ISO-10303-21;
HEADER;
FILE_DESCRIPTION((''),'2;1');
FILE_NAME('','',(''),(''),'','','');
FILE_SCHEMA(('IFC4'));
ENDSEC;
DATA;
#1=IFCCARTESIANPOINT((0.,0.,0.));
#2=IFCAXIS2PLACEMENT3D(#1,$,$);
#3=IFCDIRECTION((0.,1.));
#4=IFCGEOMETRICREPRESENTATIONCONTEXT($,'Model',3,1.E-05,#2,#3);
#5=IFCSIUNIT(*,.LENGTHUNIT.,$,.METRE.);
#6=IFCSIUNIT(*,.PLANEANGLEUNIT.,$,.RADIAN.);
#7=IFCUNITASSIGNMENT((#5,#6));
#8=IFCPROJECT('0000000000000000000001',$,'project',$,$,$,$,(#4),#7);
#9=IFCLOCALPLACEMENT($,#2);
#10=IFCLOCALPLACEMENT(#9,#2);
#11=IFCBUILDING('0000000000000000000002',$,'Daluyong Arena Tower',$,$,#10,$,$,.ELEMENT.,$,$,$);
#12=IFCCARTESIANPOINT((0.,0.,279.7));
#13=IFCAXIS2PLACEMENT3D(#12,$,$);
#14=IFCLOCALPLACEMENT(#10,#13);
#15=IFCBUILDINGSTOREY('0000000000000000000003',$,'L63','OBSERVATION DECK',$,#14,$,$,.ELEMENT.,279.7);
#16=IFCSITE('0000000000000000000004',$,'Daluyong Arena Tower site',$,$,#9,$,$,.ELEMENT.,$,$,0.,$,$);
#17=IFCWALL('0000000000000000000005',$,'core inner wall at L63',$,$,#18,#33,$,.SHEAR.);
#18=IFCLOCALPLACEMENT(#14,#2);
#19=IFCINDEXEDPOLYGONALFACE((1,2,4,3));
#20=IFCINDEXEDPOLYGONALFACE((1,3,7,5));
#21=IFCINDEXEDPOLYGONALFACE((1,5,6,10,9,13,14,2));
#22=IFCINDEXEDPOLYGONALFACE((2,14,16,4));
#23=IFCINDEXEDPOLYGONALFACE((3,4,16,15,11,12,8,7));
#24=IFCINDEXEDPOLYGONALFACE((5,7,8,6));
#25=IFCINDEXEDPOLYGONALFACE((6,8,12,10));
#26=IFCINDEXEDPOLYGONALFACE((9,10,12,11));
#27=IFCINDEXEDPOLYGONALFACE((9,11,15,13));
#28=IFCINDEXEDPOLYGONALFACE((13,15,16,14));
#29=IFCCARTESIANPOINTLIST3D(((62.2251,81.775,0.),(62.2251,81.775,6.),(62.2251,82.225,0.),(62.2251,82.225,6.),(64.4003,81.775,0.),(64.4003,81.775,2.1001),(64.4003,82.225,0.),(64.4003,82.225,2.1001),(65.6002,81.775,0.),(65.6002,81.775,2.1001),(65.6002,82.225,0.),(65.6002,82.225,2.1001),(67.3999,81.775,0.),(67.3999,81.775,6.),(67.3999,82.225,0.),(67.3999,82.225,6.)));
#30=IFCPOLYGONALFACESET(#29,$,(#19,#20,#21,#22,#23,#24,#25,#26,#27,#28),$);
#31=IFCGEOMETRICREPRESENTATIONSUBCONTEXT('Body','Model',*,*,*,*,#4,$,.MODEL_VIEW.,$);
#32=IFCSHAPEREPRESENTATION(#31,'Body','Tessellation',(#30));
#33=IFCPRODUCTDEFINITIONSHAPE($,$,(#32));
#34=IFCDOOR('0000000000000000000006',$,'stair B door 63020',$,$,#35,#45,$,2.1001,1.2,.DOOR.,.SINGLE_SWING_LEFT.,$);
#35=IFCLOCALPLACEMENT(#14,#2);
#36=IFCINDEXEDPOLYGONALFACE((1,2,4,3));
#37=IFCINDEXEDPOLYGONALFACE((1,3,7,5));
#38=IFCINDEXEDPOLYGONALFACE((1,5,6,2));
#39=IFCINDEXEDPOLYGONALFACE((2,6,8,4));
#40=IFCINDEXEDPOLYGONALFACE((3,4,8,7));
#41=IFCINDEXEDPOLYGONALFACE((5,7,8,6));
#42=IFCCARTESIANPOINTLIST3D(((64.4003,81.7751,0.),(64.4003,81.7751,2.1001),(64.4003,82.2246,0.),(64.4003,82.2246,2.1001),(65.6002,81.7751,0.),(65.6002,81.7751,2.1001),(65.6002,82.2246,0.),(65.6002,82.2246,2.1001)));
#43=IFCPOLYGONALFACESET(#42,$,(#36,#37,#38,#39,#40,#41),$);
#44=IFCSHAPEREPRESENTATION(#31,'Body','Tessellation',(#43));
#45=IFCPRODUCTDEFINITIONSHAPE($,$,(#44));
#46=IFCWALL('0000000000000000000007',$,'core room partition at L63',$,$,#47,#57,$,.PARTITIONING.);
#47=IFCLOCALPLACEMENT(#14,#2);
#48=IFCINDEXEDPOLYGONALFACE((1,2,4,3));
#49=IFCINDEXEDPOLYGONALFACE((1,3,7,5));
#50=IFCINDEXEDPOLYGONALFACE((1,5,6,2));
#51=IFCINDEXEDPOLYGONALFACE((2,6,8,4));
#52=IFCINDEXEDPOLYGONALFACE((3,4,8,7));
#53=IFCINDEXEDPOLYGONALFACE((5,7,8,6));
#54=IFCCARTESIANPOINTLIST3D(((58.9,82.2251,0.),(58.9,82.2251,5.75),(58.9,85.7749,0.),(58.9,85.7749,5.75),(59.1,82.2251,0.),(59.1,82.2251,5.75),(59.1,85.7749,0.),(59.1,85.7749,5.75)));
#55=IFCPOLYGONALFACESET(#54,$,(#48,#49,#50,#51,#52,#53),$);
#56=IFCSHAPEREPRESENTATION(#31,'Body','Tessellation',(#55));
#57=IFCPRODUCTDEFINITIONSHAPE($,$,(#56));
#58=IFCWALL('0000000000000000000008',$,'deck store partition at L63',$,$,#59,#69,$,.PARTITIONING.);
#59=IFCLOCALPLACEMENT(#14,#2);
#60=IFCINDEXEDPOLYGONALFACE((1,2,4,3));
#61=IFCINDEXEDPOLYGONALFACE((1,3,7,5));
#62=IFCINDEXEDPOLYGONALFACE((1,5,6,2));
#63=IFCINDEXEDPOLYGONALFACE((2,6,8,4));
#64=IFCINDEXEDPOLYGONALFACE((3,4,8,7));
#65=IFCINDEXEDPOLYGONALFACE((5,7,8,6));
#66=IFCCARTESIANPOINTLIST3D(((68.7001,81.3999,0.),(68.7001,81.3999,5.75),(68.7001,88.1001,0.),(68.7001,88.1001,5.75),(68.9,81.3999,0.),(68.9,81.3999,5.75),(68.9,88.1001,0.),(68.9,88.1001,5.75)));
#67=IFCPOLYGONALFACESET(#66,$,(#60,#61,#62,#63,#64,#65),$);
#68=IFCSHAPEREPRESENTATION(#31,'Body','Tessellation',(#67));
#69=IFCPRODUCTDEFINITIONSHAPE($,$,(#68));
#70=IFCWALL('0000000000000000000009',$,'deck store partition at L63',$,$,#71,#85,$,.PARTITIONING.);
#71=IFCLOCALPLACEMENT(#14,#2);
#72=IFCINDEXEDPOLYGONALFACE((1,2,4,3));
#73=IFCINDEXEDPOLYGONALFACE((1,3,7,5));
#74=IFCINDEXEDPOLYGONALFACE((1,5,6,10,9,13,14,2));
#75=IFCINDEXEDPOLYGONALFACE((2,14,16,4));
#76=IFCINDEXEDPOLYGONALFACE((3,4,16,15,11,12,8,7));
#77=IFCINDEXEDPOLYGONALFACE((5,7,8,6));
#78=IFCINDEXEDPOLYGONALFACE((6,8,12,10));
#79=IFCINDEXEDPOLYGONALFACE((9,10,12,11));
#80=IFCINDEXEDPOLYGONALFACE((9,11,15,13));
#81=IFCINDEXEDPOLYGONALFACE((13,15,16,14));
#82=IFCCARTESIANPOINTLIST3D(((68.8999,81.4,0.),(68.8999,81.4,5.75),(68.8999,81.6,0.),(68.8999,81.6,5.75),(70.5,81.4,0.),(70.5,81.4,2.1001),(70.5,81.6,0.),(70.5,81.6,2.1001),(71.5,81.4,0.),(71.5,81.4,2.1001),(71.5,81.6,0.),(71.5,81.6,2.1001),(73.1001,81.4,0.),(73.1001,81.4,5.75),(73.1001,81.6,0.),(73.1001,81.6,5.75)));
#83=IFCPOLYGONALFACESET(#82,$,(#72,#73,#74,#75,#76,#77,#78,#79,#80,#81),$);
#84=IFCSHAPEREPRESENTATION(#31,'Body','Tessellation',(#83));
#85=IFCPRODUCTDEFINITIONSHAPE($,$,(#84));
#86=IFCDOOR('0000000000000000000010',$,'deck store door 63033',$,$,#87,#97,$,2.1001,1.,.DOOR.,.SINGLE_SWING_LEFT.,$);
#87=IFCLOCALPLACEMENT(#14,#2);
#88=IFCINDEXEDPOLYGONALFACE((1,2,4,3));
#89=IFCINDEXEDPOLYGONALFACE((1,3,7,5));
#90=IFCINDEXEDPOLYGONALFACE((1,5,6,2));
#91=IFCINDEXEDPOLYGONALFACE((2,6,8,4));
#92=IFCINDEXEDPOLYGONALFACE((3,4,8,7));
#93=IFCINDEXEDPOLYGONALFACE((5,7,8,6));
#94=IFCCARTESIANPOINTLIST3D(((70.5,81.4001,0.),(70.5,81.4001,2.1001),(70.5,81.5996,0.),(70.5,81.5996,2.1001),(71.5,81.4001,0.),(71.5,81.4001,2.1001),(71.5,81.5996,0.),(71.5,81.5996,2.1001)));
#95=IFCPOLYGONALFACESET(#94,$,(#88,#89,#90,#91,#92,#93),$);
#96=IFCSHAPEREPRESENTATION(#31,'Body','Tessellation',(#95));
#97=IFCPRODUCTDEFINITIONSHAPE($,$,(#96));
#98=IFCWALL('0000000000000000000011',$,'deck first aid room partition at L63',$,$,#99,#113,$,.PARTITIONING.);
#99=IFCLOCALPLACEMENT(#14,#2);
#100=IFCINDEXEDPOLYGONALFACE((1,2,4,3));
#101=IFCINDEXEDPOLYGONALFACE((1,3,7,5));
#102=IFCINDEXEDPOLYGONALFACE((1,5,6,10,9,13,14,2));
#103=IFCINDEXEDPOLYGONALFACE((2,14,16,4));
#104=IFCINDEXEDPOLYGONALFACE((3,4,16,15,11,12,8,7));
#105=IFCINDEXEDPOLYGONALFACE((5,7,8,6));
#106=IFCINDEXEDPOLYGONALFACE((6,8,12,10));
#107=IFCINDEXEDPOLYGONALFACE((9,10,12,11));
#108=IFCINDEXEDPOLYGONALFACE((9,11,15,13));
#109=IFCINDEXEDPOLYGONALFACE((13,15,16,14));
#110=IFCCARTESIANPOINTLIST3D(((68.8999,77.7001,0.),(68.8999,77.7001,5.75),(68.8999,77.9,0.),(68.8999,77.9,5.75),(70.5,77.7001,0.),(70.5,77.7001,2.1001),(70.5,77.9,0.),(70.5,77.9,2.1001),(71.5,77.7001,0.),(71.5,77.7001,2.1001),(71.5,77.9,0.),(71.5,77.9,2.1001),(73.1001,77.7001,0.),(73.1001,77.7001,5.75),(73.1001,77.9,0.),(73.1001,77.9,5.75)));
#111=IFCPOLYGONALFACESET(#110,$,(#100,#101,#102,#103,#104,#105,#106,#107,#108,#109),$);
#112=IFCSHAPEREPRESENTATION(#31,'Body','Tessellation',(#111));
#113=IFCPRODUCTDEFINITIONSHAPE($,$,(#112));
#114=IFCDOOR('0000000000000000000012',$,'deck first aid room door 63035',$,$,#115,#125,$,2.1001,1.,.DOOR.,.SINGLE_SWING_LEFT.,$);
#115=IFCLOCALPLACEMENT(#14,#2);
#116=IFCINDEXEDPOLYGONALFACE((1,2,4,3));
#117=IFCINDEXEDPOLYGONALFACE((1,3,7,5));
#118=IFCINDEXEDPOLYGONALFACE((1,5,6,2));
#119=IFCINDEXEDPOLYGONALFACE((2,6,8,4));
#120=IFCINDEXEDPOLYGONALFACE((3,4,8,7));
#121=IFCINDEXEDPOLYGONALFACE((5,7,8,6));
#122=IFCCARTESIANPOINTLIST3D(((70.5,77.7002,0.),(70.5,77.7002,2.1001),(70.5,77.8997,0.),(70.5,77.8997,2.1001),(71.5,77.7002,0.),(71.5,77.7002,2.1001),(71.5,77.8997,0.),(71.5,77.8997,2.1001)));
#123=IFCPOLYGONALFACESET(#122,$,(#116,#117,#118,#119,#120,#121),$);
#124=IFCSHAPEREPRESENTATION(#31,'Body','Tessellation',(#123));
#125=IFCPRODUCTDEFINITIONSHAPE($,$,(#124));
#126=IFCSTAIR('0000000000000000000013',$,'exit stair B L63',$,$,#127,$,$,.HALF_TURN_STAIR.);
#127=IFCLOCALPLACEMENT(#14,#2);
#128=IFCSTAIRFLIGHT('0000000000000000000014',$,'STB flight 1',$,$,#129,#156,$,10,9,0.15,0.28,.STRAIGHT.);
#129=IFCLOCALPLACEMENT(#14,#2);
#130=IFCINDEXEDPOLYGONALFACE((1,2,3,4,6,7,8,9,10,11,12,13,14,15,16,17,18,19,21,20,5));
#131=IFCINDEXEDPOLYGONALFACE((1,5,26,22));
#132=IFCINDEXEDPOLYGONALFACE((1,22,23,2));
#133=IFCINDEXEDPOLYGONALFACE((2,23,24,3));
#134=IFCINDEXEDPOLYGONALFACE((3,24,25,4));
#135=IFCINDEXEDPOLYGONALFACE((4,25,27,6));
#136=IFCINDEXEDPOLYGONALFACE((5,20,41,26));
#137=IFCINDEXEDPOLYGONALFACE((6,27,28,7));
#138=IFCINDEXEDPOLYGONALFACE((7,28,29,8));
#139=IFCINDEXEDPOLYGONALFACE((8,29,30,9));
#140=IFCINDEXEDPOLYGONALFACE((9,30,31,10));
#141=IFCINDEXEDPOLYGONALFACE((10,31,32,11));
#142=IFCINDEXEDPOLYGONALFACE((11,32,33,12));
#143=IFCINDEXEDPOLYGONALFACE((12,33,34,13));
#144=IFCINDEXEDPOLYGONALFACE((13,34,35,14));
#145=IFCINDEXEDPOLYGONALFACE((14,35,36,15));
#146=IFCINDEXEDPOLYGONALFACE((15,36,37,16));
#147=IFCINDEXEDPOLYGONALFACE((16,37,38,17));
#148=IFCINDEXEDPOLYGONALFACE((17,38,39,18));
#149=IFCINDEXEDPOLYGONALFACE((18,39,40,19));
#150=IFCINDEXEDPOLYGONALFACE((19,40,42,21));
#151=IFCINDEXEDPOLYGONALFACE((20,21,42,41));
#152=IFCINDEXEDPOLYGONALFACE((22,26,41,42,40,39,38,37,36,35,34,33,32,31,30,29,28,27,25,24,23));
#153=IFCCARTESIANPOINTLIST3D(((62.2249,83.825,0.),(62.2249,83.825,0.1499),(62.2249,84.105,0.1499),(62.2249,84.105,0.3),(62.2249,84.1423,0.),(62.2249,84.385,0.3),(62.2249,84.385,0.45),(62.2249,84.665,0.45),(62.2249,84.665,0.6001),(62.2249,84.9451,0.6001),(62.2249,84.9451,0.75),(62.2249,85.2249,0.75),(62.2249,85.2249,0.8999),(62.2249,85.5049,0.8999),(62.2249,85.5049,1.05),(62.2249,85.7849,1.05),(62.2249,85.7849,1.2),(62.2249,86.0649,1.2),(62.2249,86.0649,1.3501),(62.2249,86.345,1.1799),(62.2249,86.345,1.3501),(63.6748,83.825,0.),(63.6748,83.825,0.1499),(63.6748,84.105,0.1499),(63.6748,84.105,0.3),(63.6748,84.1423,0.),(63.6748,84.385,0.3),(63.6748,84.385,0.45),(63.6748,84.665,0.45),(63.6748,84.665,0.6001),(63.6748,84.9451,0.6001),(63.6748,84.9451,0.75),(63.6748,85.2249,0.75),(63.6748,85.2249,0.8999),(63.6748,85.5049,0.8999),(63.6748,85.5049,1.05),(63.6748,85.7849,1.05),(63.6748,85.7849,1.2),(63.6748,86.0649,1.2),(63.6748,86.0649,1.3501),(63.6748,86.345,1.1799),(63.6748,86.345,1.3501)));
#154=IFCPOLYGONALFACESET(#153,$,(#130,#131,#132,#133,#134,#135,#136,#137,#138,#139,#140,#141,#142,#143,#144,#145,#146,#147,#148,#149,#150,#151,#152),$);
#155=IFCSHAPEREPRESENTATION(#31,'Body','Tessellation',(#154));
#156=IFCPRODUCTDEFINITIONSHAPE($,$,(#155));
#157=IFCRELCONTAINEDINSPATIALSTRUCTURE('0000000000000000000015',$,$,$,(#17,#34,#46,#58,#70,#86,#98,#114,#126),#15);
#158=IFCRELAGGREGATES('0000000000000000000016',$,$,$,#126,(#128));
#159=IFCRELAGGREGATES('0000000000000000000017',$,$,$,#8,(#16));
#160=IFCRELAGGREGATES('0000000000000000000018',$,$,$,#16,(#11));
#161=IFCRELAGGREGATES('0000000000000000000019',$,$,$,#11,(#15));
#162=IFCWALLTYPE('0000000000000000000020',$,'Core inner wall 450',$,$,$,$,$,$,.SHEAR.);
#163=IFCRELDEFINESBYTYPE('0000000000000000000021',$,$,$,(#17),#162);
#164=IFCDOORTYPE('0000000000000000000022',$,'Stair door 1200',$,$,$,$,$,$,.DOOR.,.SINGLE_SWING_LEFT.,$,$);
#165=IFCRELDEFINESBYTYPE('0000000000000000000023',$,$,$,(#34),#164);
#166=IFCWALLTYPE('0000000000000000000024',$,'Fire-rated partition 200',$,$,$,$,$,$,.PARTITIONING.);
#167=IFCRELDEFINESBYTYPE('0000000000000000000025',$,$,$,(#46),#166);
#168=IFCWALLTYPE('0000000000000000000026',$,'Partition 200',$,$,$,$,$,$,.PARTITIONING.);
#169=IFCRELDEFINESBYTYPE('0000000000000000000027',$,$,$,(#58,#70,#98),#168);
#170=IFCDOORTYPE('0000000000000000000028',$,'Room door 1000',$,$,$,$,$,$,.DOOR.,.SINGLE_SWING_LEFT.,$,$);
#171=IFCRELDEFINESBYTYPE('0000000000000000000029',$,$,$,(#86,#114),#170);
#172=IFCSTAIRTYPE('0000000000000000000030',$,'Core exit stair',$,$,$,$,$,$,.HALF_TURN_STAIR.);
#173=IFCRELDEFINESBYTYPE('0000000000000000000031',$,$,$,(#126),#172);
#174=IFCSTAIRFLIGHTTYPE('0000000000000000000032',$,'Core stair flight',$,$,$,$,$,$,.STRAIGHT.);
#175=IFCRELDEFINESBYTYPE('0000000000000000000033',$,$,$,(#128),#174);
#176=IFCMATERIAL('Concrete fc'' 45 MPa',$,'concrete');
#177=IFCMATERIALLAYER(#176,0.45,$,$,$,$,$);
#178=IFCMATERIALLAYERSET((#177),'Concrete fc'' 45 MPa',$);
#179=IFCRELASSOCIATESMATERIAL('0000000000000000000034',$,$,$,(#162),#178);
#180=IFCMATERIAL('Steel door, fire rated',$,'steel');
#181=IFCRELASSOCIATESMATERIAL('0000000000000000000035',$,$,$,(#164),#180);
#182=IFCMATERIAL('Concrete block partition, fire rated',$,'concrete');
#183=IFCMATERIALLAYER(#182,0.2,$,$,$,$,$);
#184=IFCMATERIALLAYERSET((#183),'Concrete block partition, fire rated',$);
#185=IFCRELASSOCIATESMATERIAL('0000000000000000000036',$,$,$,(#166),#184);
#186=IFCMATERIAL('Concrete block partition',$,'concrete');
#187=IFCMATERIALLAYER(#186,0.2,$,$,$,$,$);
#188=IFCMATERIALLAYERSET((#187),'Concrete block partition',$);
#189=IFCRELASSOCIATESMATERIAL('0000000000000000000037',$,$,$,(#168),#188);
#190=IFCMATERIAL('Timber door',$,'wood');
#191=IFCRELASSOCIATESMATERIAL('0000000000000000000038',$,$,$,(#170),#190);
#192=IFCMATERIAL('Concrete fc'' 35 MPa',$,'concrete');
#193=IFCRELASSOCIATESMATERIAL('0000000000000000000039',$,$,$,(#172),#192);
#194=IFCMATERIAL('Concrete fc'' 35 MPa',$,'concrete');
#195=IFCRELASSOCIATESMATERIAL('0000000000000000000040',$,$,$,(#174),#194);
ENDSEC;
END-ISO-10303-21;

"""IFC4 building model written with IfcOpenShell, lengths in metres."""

from ifc_helpers import new_model, si_unit, direction, frame, frame_2d, origin, place, context, subcontext, project, spatial, polyline, rectangle, outline, extrude, material, layer, layer_set, type_object, element, fill, aggregate, save


model = new_model("IFC4")

# Units and contexts
model_context = context("Model", 3, precision=1e-05, world=origin(), true_north=direction((0.0, 1.0)))
body_context = subcontext(model_context, "Body", "Model", "MODEL_VIEW")
ifc_project = project(units=[si_unit("LENGTHUNIT", "METRE"), si_unit("PLANEANGLEUNIT", "RADIAN")], contexts=[model_context])

# Site, building, storey
site_placement = place(None, origin())
site = spatial("IfcSite", under=ifc_project, at=site_placement, Name="Daluyong Arena Tower site", CompositionType="ELEMENT", RefElevation=0.0)
building_placement = place(site_placement, origin())
building = spatial("IfcBuilding", under=site, at=building_placement, Name="Daluyong Arena Tower", CompositionType="ELEMENT")
storey_placement = place(building_placement, frame((0.0, 0.0, 279.7)))
storey = spatial("IfcBuildingStorey", under=building, at=storey_placement, Name="L63", Description="OBSERVATION DECK", CompositionType="ELEMENT", Elevation=279.7)

# Wall, opening, door
ifc_material_1 = material(Name="Concrete fc' 45 MPa", Category="concrete")
ifc_layer_1 = layer(ifc_material_1, 0.45)
ifc_layer_set_1 = layer_set([ifc_layer_1], Name="Concrete fc' 45 MPa")
wall_type_1 = type_object("IfcWallType", Name="Core inner wall 450", PredefinedType="SHEAR", material=ifc_layer_set_1)
wall_1_placement = place(storey_placement, frame((62.2251, 82.0, 0.0), z_axis=(0.0, 0.0, 1.0), x_axis=(1.0, 0.0, 0.0)))
wall_1 = element("IfcWall", 1, at=wall_1_placement, inside=storey, type_object=wall_type_1, Name="core inner wall at L63", PredefinedType="SHEAR", context=body_context, shape_type="SweptSolid", body=[
    extrude(rectangle(XDim=5.1748, YDim=0.45, at=frame_2d((2.5874, 0.0))), origin(), (0.0, 0.0, 1.0), 6.0),
])
opening_1_placement = place(wall_1_placement, frame((2.175, 0.0, 0.0)))
opening_1 = element("IfcOpeningElement", 2, at=opening_1_placement, cuts=wall_1, PredefinedType="OPENING", context=body_context, shape_type="SweptSolid", body=[
    extrude(rectangle(XDim=1.2, YDim=2.1001, at=frame_2d((0.6001, 1.05))), frame((0.0, 0.2349, 0.0), z_axis=(0.0, -1.0, 0.0), x_axis=(1.0, 0.0, 0.0)), (0.0, 0.0, 1.0), 0.47),
])
ifc_material_2 = material(Name="Steel door, fire rated", Category="steel")
door_type_1 = type_object("IfcDoorType", Name="Stair door 1200", OperationType="SINGLE_SWING_LEFT", PredefinedType="DOOR", material=ifc_material_2)
door_1_placement = place(opening_1_placement, origin())
door_1 = element("IfcDoor", 3, at=door_1_placement, inside=storey, type_object=door_type_1, Name="stair B door 63020", OperationType="SINGLE_SWING_LEFT", OverallHeight=2.1001, OverallWidth=1.2, PredefinedType="DOOR", context=body_context, shape_type="SweptSolid", body=[
    extrude(rectangle(XDim=1.2, YDim=2.1001, at=frame_2d((0.6001, 1.05))), frame((0.0, 0.2246, 0.0), z_axis=(0.0, -1.0, 0.0), x_axis=(1.0, 0.0, 0.0)), (0.0, 0.0, 1.0), 0.4495),
])
fill(opening_1, door_1)

# Walls
ifc_material_3 = material(Name="Concrete block partition, fire rated", Category="concrete")
ifc_layer_2 = layer(ifc_material_3, 0.2)
ifc_layer_set_2 = layer_set([ifc_layer_2], Name="Concrete block partition, fire rated")
wall_type_2 = type_object("IfcWallType", Name="Fire-rated partition 200", PredefinedType="PARTITIONING", material=ifc_layer_set_2)
wall_2_placement = place(storey_placement, frame((59.0, 82.2251, 0.0), z_axis=(0.0, 0.0, 1.0), x_axis=(0.0, 1.0, 0.0)))
element("IfcWall", 4, at=wall_2_placement, inside=storey, type_object=wall_type_2, Name="core room partition at L63", PredefinedType="PARTITIONING", context=body_context, shape_type="SweptSolid", body=[
    extrude(rectangle(XDim=3.5498, YDim=0.2, at=frame_2d((1.7749, 0.0))), origin(), (0.0, 0.0, 1.0), 5.75),
])
ifc_material_4 = material(Name="Concrete block partition", Category="concrete")
ifc_layer_3 = layer(ifc_material_4, 0.2)
ifc_layer_set_3 = layer_set([ifc_layer_3], Name="Concrete block partition")
wall_type_3 = type_object("IfcWallType", Name="Partition 200", PredefinedType="PARTITIONING", material=ifc_layer_set_3)
wall_3_placement = place(storey_placement, frame((68.8, 81.3999, 0.0), z_axis=(0.0, 0.0, 1.0), x_axis=(0.0, 1.0, 0.0)))
element("IfcWall", 5, at=wall_3_placement, inside=storey, type_object=wall_type_3, Name="deck store partition at L63", PredefinedType="PARTITIONING", context=body_context, shape_type="SweptSolid", body=[
    extrude(rectangle(XDim=6.7002, YDim=0.2, at=frame_2d((3.3501, 0.0))), origin(), (0.0, 0.0, 1.0), 5.75),
])

# Walls, openings, doors
wall_4_placement = place(storey_placement, frame((68.8999, 81.5, 0.0), z_axis=(0.0, 0.0, 1.0), x_axis=(1.0, 0.0, 0.0)))
wall_4 = element("IfcWall", 6, at=wall_4_placement, inside=storey, type_object=wall_type_3, Name="deck store partition at L63", PredefinedType="PARTITIONING", context=body_context, shape_type="SweptSolid", body=[
    extrude(rectangle(XDim=4.2002, YDim=0.2, at=frame_2d((2.1001, 0.0))), origin(), (0.0, 0.0, 1.0), 5.75),
])
opening_2_placement = place(wall_4_placement, frame((1.6001, 0.0, 0.0)))
opening_2 = element("IfcOpeningElement", 7, at=opening_2_placement, cuts=wall_4, PredefinedType="OPENING", context=body_context, shape_type="SweptSolid", body=[
    extrude(rectangle(XDim=1.0, YDim=2.1001, at=frame_2d((0.5, 1.05))), frame((0.0, 0.1099, 0.0), z_axis=(0.0, -1.0, 0.0), x_axis=(1.0, 0.0, 0.0)), (0.0, 0.0, 1.0), 0.22),
])
ifc_material_5 = material(Name="Timber door", Category="wood")
door_type_2 = type_object("IfcDoorType", Name="Room door 1000", OperationType="SINGLE_SWING_LEFT", PredefinedType="DOOR", material=ifc_material_5)
door_2_placement = place(opening_2_placement, origin())
door_2 = element("IfcDoor", 8, at=door_2_placement, inside=storey, type_object=door_type_2, Name="deck store door 63033", OperationType="SINGLE_SWING_LEFT", OverallHeight=2.1001, OverallWidth=1.0, PredefinedType="DOOR", context=body_context, shape_type="SweptSolid", body=[
    extrude(rectangle(XDim=1.0, YDim=2.1001, at=frame_2d((0.5, 1.05))), frame((0.0, 0.0996, 0.0), z_axis=(0.0, -1.0, 0.0), x_axis=(1.0, 0.0, 0.0)), (0.0, 0.0, 1.0), 0.1995),
])
fill(opening_2, door_2)
wall_5_placement = place(storey_placement, frame((68.8999, 77.8, 0.0), z_axis=(0.0, 0.0, 1.0), x_axis=(1.0, 0.0, 0.0)))
wall_5 = element("IfcWall", 9, at=wall_5_placement, inside=storey, type_object=wall_type_3, Name="deck first aid room partition at L63", PredefinedType="PARTITIONING", context=body_context, shape_type="SweptSolid", body=[
    extrude(rectangle(XDim=4.2002, YDim=0.2, at=frame_2d((2.1001, 0.0))), origin(), (0.0, 0.0, 1.0), 5.75),
])
opening_3_placement = place(wall_5_placement, frame((1.6001, 0.0, 0.0)))
opening_3 = element("IfcOpeningElement", 10, at=opening_3_placement, cuts=wall_5, PredefinedType="OPENING", context=body_context, shape_type="SweptSolid", body=[
    extrude(rectangle(XDim=1.0, YDim=2.1001, at=frame_2d((0.5, 1.05))), frame((0.0, 0.1099, 0.0), z_axis=(0.0, -1.0, 0.0), x_axis=(1.0, 0.0, 0.0)), (0.0, 0.0, 1.0), 0.22),
])
door_3_placement = place(opening_3_placement, origin())
door_3 = element("IfcDoor", 11, at=door_3_placement, inside=storey, type_object=door_type_2, Name="deck first aid room door 63035", OperationType="SINGLE_SWING_LEFT", OverallHeight=2.1001, OverallWidth=1.0, PredefinedType="DOOR", context=body_context, shape_type="SweptSolid", body=[
    extrude(rectangle(XDim=1.0, YDim=2.1001, at=frame_2d((0.5, 1.05))), frame((0.0, 0.0996, 0.0), z_axis=(0.0, -1.0, 0.0), x_axis=(1.0, 0.0, 0.0)), (0.0, 0.0, 1.0), 0.1995),
])
fill(opening_3, door_3)

# Stair, stair flight
ifc_material_6 = material(Name="Concrete fc' 35 MPa", Category="concrete")
stair_type = type_object("IfcStairType", Name="Core exit stair", PredefinedType="HALF_TURN_STAIR", material=ifc_material_6)
stair_placement = place(storey_placement, origin())
stair = element("IfcStair", 12, at=stair_placement, inside=storey, type_object=stair_type, Name="exit stair B L63", PredefinedType="HALF_TURN_STAIR")
ifc_material_7 = material(Name="Concrete fc' 35 MPa", Category="concrete")
stair_flight_type = type_object("IfcStairFlightType", Name="Core stair flight", PredefinedType="STRAIGHT", material=ifc_material_7)
stair_flight_placement = place(storey_placement, frame((62.95, 83.825, 0.0), z_axis=(0.0, 0.0, 1.0), x_axis=(0.0, 1.0, 0.0)))
stair_flight = element("IfcStairFlight", 13, at=stair_flight_placement, type_object=stair_flight_type, Name="STB flight 1", NumberOfRisers=10, NumberOfTreads=9, PredefinedType="STRAIGHT", RiserHeight=0.15, TreadLength=0.28, context=body_context, shape_type="SweptSolid", body=[
    extrude(outline(polyline([(0.0, 0.0), (0.0, 0.1499), (0.28, 0.1499), (0.28, 0.3), (0.5601, 0.3), (0.5601, 0.45), (0.8401, 0.45), (0.8401, 0.6001), (1.1201, 0.6001), (1.1201, 0.75), (1.3999, 0.75), (1.3999, 0.8999), (1.6799, 0.8999), (1.6799, 1.05), (1.96, 1.05), (1.96, 1.2), (2.24, 1.2), (2.24, 1.3501), (2.52, 1.3501), (2.52, 1.5), (2.52, 1.1799), (0.3174, 0.0), (0.0, 0.0)])), frame((0.0, 0.7251, 0.0), z_axis=(0.0, -1.0, 0.0), x_axis=(1.0, 0.0, 0.0)), (0.0, 0.0, 1.0), 1.45),
])
aggregate(stair, [stair_flight])

save(model, "model.ifc")
